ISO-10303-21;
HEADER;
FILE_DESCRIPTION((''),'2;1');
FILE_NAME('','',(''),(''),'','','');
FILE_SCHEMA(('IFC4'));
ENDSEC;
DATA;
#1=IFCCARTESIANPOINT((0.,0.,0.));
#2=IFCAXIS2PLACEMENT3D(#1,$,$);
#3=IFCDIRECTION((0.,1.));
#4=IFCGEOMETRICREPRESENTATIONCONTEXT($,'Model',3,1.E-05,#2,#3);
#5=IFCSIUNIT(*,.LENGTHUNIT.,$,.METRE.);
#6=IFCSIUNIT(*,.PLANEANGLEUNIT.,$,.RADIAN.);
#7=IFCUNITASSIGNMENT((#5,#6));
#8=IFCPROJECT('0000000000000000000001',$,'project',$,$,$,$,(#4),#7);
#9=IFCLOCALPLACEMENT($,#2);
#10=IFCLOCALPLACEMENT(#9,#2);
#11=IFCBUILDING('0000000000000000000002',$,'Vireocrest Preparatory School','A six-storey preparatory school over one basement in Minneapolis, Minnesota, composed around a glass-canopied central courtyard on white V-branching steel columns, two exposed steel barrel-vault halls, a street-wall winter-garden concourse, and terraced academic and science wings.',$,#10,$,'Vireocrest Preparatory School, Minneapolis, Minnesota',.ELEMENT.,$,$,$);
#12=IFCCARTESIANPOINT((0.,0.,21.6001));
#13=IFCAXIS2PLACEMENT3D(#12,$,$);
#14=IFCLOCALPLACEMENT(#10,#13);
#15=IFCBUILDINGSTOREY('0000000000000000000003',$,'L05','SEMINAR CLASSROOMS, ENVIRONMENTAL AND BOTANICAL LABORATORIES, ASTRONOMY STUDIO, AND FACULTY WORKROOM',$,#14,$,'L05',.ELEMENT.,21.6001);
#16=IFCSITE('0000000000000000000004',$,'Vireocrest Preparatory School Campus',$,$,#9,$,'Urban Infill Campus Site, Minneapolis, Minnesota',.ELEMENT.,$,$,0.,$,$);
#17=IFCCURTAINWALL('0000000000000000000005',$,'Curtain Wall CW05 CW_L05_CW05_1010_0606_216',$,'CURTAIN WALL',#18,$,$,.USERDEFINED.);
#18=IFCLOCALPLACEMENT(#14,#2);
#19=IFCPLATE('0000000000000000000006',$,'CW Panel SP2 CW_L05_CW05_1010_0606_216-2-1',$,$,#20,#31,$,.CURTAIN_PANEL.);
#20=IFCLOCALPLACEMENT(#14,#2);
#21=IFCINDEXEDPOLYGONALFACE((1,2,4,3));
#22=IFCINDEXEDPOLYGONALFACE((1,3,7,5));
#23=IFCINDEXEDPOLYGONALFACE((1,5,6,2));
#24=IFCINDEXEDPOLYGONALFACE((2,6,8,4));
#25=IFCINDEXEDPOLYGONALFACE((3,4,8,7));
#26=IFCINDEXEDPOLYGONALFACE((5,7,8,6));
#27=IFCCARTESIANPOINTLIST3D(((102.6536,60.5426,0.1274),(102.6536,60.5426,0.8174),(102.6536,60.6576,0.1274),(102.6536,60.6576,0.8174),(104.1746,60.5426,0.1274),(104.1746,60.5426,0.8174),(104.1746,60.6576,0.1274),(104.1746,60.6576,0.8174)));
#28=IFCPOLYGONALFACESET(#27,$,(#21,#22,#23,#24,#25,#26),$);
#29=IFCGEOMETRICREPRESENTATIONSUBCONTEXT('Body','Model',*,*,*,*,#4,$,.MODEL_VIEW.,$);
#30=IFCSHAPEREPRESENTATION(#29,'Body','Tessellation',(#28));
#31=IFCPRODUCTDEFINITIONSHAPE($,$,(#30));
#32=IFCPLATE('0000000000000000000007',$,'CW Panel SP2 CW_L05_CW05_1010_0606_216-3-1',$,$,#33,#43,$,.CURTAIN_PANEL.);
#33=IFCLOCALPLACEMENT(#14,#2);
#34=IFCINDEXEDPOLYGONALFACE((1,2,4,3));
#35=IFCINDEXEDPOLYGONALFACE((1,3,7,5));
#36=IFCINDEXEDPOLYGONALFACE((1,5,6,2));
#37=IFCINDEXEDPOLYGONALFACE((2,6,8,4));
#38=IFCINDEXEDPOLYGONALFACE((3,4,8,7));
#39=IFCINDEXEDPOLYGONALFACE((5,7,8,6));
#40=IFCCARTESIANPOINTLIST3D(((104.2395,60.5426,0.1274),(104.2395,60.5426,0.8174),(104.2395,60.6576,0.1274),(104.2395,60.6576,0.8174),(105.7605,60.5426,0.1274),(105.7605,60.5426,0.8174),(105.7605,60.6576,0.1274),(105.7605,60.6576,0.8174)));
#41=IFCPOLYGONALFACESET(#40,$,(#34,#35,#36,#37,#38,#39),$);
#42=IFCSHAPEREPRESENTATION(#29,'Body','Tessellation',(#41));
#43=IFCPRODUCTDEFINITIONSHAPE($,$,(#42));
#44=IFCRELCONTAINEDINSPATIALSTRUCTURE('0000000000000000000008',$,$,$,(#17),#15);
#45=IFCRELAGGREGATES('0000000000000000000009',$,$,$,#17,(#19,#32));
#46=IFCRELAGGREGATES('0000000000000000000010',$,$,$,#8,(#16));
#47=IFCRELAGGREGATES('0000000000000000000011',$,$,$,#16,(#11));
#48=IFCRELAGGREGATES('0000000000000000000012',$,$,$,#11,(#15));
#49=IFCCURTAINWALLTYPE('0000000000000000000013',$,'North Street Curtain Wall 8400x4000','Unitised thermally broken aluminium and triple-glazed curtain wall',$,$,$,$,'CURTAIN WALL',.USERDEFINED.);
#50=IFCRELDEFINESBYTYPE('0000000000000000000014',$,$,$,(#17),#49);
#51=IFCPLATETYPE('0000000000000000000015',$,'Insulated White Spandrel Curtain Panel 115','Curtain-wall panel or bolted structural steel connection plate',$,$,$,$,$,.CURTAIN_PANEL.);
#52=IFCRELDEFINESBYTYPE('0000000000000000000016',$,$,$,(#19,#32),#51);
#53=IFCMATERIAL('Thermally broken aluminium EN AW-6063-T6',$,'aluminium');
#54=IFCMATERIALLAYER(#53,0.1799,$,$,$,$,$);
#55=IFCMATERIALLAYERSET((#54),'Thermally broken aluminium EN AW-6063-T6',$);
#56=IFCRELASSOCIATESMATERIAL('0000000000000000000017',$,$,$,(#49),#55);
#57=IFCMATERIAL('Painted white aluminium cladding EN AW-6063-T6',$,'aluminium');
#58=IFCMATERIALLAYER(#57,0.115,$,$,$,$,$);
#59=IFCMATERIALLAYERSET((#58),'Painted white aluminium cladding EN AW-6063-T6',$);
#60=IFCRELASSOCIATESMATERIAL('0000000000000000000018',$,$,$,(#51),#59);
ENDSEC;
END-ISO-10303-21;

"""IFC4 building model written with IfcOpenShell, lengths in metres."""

from ifc_helpers import new_model, si_unit, direction, frame, origin, origin_2d, place, context, subcontext, project, spatial, rectangle, extrude, material, layer, layer_set, type_object, element, aggregate, save


model = new_model("IFC4")

# Units and contexts
model_context = context("Model", 3, precision=1e-05, world=origin(), true_north=direction((0.0, 1.0)))
body_context = subcontext(model_context, "Body", "Model", "MODEL_VIEW")
ifc_project = project(units=[si_unit("LENGTHUNIT", "METRE"), si_unit("PLANEANGLEUNIT", "RADIAN")], contexts=[model_context])

# Site, building, storey
site_placement = place(None, origin())
site = spatial("IfcSite", under=ifc_project, at=site_placement, Name="Vireocrest Preparatory School Campus", LongName="Urban Infill Campus Site, Minneapolis, Minnesota", CompositionType="ELEMENT", RefElevation=0.0)
building_placement = place(site_placement, origin())
building = spatial("IfcBuilding", under=site, at=building_placement, Name="Vireocrest Preparatory School", Description="A six-storey preparatory school over one basement in Minneapolis, Minnesota, composed around a glass-canopied central courtyard on white V-branching steel columns, two exposed steel barrel-vault halls, a street-wall winter-garden concourse, and terraced academic and science wings.", LongName="Vireocrest Preparatory School, Minneapolis, Minnesota", CompositionType="ELEMENT")
storey_placement = place(building_placement, frame((0.0, 0.0, 21.6001)))
storey = spatial("IfcBuildingStorey", under=building, at=storey_placement, Name="L05", Description="SEMINAR CLASSROOMS, ENVIRONMENTAL AND BOTANICAL LABORATORIES, ASTRONOMY STUDIO, AND FACULTY WORKROOM", LongName="L05", CompositionType="ELEMENT", Elevation=21.6001)

# Curtain wall
ifc_material_1 = material(Name="Thermally broken aluminium EN AW-6063-T6", Category="aluminium")
ifc_layer_1 = layer(ifc_material_1, 0.1799)
ifc_layer_set_1 = layer_set([ifc_layer_1], Name="Thermally broken aluminium EN AW-6063-T6")
curtain_wall_type = type_object("IfcCurtainWallType", Name="North Street Curtain Wall 8400x4000", Description="Unitised thermally broken aluminium and triple-glazed curtain wall", ElementType="CURTAIN WALL", PredefinedType="USERDEFINED", material=ifc_layer_set_1)
curtain_wall_placement = place(storey_placement, origin())
curtain_wall = element("IfcCurtainWall", 1, at=curtain_wall_placement, inside=storey, type_object=curtain_wall_type, Name="Curtain Wall CW05 CW_L05_CW05_1010_0606_216", ObjectType="CURTAIN WALL", PredefinedType="USERDEFINED")

# Plates
ifc_material_2 = material(Name="Painted white aluminium cladding EN AW-6063-T6", Category="aluminium")
ifc_layer_2 = layer(ifc_material_2, 0.115)
ifc_layer_set_2 = layer_set([ifc_layer_2], Name="Painted white aluminium cladding EN AW-6063-T6")
plate_type_1 = type_object("IfcPlateType", Name="Insulated White Spandrel Curtain Panel 115", Description="Curtain-wall panel or bolted structural steel connection plate", PredefinedType="CURTAIN_PANEL", material=ifc_layer_set_2)
plate_1_placement = place(storey_placement, frame((103.4141, 60.6001, 0.1274), z_axis=(0.0, 0.0, 1.0), x_axis=(1.0, 0.0, 0.0)))
plate_1 = element("IfcPlate", 2, at=plate_1_placement, type_object=plate_type_1, Name="CW Panel SP2 CW_L05_CW05_1010_0606_216-2-1", PredefinedType="CURTAIN_PANEL", context=body_context, shape_type="SweptSolid", body=[
    extrude(rectangle(XDim=1.521, YDim=0.115, at=origin_2d()), origin(), (0.0, 0.0, 1.0), 0.6899),
])
plate_2_placement = place(storey_placement, frame((105.0, 60.6001, 0.1274), z_axis=(0.0, 0.0, 1.0), x_axis=(1.0, 0.0, 0.0)))
plate_2 = element("IfcPlate", 3, at=plate_2_placement, type_object=plate_type_1, Name="CW Panel SP2 CW_L05_CW05_1010_0606_216-3-1", PredefinedType="CURTAIN_PANEL", context=body_context, shape_type="SweptSolid", body=[
    extrude(rectangle(XDim=1.521, YDim=0.115, at=origin_2d()), origin(), (0.0, 0.0, 1.0), 0.6899),
])
aggregate(curtain_wall, [plate_1, plate_2])

save(model, "model.ifc")
